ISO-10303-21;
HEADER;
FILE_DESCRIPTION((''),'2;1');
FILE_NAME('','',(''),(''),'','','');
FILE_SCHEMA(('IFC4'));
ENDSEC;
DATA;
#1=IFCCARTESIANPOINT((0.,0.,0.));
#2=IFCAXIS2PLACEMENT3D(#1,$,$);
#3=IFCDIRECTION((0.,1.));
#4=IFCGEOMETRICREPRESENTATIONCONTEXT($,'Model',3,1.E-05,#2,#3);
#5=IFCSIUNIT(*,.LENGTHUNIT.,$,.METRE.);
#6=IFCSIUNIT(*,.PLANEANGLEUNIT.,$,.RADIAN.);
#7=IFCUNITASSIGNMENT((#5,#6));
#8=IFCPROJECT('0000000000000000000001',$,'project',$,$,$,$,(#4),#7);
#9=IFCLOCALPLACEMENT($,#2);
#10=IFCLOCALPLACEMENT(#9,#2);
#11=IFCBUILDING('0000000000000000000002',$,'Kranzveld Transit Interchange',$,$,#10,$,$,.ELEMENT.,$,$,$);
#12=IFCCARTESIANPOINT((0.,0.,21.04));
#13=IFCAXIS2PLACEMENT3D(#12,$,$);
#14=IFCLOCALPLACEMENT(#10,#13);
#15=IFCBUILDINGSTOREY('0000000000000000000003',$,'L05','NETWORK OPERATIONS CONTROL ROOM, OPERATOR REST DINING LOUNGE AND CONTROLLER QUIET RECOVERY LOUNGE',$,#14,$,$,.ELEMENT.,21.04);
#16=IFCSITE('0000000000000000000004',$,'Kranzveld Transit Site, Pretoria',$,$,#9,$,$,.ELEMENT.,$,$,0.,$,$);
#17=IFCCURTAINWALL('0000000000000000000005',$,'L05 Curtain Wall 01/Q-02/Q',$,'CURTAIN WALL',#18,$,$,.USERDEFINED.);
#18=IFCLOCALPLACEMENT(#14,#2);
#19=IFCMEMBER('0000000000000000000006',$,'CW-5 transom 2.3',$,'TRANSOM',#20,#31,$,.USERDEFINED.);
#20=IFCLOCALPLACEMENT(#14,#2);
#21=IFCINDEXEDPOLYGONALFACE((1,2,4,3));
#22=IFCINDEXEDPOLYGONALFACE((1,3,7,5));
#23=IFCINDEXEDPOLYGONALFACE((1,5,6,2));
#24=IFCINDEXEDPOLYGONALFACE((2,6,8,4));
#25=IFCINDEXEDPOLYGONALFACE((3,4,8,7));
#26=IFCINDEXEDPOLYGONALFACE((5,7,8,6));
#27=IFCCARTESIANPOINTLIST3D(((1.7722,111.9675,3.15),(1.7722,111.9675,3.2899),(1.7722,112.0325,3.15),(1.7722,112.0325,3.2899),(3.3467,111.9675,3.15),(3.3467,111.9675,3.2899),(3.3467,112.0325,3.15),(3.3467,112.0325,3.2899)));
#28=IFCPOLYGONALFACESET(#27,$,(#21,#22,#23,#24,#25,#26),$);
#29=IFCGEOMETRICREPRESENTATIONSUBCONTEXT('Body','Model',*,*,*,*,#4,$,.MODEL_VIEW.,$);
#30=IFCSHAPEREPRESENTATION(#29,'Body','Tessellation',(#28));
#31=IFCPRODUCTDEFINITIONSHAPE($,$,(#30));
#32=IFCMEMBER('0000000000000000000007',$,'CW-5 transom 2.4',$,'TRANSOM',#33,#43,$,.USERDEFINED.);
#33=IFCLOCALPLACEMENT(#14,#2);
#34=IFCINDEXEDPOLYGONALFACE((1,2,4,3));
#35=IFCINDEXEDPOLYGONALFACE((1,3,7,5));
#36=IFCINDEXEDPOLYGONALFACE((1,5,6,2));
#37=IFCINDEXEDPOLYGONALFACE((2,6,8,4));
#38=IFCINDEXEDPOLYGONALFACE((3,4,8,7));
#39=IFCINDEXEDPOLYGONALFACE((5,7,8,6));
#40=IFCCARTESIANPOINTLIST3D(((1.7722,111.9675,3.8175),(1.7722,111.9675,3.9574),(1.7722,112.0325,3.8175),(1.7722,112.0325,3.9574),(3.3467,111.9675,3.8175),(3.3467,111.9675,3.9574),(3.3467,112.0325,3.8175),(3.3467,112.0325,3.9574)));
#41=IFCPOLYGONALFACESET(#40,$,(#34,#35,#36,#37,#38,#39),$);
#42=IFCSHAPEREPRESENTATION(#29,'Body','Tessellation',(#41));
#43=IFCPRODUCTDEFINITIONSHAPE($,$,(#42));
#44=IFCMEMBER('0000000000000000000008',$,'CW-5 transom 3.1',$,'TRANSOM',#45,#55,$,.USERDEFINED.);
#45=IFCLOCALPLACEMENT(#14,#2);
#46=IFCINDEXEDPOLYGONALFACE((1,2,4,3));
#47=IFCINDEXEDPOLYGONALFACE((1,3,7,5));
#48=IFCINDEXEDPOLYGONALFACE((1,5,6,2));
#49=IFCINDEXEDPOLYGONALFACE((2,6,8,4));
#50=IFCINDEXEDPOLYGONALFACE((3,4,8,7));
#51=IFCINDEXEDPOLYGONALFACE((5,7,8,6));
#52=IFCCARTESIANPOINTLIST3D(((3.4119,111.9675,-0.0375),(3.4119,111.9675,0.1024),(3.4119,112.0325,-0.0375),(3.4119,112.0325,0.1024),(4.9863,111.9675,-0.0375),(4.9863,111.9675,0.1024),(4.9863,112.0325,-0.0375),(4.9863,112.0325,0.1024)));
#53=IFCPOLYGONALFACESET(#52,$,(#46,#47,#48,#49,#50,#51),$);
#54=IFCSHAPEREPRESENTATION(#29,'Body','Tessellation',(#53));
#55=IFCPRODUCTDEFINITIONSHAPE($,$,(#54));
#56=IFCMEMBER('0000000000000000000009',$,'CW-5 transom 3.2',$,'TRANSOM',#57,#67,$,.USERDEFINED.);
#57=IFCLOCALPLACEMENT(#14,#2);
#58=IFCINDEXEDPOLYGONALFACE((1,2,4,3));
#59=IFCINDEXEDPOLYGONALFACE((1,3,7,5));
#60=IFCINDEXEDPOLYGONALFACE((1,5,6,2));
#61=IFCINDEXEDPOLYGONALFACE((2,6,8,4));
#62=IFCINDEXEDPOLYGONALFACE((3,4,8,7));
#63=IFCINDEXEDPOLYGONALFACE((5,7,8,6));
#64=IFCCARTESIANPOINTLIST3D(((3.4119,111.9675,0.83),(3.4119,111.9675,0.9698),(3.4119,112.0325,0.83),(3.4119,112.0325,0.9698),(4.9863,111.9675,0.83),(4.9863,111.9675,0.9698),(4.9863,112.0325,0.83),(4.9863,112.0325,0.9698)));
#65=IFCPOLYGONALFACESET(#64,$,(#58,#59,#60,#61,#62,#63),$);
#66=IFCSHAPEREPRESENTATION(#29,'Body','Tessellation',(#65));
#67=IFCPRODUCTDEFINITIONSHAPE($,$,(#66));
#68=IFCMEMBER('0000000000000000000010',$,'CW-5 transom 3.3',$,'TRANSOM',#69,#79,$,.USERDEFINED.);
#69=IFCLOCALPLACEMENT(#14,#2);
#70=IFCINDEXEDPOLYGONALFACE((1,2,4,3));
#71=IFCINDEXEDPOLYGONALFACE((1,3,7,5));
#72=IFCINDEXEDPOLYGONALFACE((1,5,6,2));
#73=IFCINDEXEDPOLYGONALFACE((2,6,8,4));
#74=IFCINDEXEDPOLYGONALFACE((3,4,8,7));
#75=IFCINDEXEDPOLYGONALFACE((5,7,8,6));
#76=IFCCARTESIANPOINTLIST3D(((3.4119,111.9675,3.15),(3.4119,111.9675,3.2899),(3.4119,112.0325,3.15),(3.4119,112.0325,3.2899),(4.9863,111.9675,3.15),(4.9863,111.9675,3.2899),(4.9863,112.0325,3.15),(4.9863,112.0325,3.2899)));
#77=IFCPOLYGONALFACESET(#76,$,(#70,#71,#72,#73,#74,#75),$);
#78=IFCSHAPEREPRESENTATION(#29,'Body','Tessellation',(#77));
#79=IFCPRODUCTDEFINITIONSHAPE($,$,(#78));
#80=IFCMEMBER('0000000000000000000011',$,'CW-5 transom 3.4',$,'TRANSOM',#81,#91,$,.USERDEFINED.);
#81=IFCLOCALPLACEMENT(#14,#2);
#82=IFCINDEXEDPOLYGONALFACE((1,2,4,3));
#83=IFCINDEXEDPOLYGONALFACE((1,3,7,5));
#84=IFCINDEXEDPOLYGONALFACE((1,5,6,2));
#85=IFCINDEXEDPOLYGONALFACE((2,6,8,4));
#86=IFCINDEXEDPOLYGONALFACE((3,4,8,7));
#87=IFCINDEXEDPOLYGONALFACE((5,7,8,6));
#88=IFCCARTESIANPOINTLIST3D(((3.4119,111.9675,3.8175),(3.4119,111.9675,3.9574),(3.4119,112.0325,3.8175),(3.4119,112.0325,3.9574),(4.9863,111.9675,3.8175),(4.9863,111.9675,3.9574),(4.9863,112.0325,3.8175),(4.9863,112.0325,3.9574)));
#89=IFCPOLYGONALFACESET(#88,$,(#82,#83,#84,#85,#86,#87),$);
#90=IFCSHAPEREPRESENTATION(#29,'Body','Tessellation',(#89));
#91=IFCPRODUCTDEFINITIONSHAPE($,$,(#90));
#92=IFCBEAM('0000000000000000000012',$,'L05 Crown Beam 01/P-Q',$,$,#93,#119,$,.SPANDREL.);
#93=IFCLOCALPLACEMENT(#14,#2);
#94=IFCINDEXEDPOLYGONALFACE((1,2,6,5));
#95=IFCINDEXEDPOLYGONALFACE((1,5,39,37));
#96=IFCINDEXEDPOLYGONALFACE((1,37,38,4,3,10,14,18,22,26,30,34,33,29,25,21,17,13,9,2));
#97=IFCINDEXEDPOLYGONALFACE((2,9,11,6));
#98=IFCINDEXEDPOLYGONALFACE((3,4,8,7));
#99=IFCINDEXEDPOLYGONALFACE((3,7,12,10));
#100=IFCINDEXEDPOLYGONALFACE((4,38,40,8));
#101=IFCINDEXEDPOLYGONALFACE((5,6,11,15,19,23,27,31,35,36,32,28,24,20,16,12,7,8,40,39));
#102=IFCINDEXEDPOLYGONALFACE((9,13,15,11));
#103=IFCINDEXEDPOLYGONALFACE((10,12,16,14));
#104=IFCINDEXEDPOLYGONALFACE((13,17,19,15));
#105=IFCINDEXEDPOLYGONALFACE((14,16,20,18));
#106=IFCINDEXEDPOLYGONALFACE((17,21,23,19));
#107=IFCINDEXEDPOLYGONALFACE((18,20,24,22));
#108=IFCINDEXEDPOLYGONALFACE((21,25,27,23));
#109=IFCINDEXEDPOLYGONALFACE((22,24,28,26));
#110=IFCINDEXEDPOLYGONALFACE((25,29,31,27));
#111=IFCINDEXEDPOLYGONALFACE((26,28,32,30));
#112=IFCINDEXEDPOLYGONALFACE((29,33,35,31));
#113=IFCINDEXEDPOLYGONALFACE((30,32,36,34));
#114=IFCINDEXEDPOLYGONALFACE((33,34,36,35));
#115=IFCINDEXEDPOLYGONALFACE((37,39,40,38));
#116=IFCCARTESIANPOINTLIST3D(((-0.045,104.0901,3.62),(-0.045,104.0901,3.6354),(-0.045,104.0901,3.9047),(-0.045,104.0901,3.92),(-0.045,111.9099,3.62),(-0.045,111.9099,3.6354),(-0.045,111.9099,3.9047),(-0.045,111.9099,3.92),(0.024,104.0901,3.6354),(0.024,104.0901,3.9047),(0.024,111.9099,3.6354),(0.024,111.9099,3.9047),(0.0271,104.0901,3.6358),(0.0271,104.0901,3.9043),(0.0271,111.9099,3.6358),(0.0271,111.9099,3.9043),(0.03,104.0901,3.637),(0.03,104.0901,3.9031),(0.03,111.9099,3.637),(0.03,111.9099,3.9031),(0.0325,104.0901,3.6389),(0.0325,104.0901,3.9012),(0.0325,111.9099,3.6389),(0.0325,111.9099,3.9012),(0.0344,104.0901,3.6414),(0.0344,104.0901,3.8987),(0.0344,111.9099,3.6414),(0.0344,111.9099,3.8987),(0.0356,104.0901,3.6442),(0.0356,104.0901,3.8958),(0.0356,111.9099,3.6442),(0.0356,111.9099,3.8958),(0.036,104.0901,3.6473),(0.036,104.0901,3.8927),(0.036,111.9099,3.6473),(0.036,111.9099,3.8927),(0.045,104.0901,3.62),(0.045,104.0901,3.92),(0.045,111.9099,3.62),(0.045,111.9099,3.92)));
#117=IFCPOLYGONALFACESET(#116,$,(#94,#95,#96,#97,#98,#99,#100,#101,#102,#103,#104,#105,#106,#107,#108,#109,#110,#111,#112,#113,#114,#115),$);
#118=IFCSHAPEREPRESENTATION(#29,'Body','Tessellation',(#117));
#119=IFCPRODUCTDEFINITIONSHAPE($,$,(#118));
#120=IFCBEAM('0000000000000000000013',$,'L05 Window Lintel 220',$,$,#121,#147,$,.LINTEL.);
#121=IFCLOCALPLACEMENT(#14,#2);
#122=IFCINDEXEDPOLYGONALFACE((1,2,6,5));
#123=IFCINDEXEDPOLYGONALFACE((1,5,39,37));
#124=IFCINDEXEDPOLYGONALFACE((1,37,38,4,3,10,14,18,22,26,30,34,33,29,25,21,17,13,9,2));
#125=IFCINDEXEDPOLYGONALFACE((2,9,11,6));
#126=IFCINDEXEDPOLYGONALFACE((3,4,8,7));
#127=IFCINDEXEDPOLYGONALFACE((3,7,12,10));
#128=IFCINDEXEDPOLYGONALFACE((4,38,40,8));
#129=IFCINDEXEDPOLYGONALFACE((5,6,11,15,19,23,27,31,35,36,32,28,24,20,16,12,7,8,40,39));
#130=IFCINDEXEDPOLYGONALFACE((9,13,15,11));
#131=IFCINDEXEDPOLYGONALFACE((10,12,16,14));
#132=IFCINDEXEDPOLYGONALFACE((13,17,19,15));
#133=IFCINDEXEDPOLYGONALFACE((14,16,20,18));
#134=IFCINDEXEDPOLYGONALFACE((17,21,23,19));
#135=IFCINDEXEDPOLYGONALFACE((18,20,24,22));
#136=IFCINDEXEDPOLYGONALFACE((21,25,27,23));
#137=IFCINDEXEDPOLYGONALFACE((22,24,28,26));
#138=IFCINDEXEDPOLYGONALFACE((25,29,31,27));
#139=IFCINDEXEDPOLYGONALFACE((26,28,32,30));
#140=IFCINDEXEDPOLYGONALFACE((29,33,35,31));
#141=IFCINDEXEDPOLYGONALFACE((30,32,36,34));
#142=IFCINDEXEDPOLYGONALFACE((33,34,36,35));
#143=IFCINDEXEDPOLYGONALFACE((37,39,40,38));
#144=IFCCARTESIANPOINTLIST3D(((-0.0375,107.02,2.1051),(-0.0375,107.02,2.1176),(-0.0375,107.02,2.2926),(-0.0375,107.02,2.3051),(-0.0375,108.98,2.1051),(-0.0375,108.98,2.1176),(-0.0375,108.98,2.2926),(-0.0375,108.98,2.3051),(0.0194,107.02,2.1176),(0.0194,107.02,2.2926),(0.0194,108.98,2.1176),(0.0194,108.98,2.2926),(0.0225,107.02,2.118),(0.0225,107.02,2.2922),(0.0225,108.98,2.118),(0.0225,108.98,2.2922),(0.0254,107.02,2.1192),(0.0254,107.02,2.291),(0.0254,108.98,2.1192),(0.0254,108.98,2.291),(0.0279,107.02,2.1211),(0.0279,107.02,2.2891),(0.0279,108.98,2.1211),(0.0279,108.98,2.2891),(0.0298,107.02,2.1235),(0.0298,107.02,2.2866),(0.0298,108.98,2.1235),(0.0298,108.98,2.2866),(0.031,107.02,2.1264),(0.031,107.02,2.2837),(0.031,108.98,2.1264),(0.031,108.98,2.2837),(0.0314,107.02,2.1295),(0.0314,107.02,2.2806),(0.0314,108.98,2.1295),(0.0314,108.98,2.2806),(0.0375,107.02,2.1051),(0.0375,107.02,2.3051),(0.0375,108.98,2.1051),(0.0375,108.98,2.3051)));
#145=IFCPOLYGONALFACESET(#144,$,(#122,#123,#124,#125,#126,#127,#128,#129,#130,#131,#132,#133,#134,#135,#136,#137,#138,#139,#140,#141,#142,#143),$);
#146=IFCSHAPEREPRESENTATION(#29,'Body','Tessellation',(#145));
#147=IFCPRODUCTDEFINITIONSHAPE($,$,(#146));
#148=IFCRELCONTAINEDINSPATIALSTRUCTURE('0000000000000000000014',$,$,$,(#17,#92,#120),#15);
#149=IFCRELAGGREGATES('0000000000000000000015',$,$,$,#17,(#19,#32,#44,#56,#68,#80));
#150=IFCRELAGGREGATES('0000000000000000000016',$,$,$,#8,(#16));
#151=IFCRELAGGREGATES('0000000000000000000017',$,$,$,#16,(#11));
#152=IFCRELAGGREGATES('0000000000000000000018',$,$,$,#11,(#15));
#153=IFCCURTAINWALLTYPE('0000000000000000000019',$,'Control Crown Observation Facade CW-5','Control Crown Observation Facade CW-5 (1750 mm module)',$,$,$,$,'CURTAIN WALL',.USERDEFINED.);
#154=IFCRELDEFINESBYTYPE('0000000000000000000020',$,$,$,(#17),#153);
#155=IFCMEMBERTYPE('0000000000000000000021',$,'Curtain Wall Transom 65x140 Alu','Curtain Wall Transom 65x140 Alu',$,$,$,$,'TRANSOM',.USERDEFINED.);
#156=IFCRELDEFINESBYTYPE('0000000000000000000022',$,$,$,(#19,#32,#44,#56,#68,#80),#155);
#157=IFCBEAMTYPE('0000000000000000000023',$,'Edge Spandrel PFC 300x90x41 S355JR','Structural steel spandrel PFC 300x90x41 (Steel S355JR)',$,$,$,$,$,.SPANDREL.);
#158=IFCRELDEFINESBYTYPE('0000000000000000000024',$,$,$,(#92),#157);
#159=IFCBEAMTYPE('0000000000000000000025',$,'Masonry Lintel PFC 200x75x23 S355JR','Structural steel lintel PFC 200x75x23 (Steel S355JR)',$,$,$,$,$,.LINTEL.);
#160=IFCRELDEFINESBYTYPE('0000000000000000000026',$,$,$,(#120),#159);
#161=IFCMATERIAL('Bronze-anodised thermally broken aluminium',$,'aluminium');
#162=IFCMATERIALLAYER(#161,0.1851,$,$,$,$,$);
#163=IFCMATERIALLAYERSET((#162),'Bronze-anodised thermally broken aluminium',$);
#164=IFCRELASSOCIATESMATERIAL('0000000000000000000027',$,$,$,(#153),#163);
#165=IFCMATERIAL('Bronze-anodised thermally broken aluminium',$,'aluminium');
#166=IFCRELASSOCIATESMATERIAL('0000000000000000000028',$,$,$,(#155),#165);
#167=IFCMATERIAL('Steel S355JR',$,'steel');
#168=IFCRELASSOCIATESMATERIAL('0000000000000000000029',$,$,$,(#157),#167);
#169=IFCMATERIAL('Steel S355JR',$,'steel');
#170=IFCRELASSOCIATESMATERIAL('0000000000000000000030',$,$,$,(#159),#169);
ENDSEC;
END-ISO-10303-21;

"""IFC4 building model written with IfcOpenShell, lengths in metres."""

from ifc_helpers import new_model, si_unit, direction, frame, origin, origin_2d, place, context, subcontext, project, spatial, rectangle, u_section, extrude, material, layer, layer_set, material_profile, profile_set, type_object, element, aggregate, save


model = new_model("IFC4")

# Units and contexts
model_context = context("Model", 3, precision=1e-05, world=origin(), true_north=direction((0.0, 1.0)))
body_context = subcontext(model_context, "Body", "Model", "MODEL_VIEW")
ifc_project = project(units=[si_unit("LENGTHUNIT", "METRE"), si_unit("PLANEANGLEUNIT", "RADIAN")], contexts=[model_context])

# Site, building, storey
site_placement = place(None, origin())
site = spatial("IfcSite", under=ifc_project, at=site_placement, Name="Kranzveld Transit Site, Pretoria", CompositionType="ELEMENT", RefElevation=0.0)
building_placement = place(site_placement, origin())
building = spatial("IfcBuilding", under=site, at=building_placement, Name="Kranzveld Transit Interchange", CompositionType="ELEMENT")
storey_placement = place(building_placement, frame((0.0, 0.0, 21.04)))
storey = spatial("IfcBuildingStorey", under=building, at=storey_placement, Name="L05", Description="NETWORK OPERATIONS CONTROL ROOM, OPERATOR REST DINING LOUNGE AND CONTROLLER QUIET RECOVERY LOUNGE", CompositionType="ELEMENT", Elevation=21.04)

# Curtain wall, members
ifc_material_1 = material(Name="Bronze-anodised thermally broken aluminium", Category="aluminium")
ifc_layer_1 = layer(ifc_material_1, 0.1851)
ifc_layer_set_1 = layer_set([ifc_layer_1], Name="Bronze-anodised thermally broken aluminium")
curtain_wall_type = type_object("IfcCurtainWallType", Name="Control Crown Observation Facade CW-5", Description="Control Crown Observation Facade CW-5 (1750 mm module)", ElementType="CURTAIN WALL", PredefinedType="USERDEFINED", material=ifc_layer_set_1)
curtain_wall_placement = place(storey_placement, origin())
curtain_wall = element("IfcCurtainWall", 1, at=curtain_wall_placement, inside=storey, type_object=curtain_wall_type, Name="L05 Curtain Wall 01/Q-02/Q", ObjectType="CURTAIN WALL", PredefinedType="USERDEFINED")
ifc_material_2 = material(Name="Bronze-anodised thermally broken aluminium", Category="aluminium")
ifc_material_profile_1 = material_profile(ifc_material_2, rectangle(XDim=0.0649, YDim=0.1399, at=origin_2d()), Name="ALU TRANSOM 65x140")
ifc_profile_set_1 = profile_set([ifc_material_profile_1], Name="Bronze-anodised thermally broken aluminium")
member_type_1 = type_object("IfcMemberType", Name="Curtain Wall Transom 65x140 Alu", Description="Curtain Wall Transom 65x140 Alu", ElementType="TRANSOM", PredefinedType="USERDEFINED", material=ifc_profile_set_1)
member_1_placement = place(storey_placement, frame((1.7722, 112.0, 3.22), z_axis=(1.0, 0.0, 0.0), x_axis=(0.0, 1.0, 0.0)))
member_1 = element("IfcMember", 2, at=member_1_placement, type_object=member_type_1, Name="CW-5 transom 2.3", ObjectType="TRANSOM", PredefinedType="USERDEFINED", context=body_context, shape_type="SweptSolid", body=[
    extrude(rectangle(XDim=0.0649, YDim=0.1399, at=origin_2d()), origin(), (0.0, 0.0, 1.0), 1.5745),
])
member_2_placement = place(storey_placement, frame((1.7722, 112.0, 3.8875), z_axis=(1.0, 0.0, 0.0), x_axis=(0.0, 1.0, 0.0)))
member_2 = element("IfcMember", 3, at=member_2_placement, type_object=member_type_1, Name="CW-5 transom 2.4", ObjectType="TRANSOM", PredefinedType="USERDEFINED", context=body_context, shape_type="SweptSolid", body=[
    extrude(rectangle(XDim=0.0649, YDim=0.1399, at=origin_2d()), origin(), (0.0, 0.0, 1.0), 1.5745),
])
member_3_placement = place(storey_placement, frame((3.4119, 112.0, 0.0325), z_axis=(1.0, 0.0, 0.0), x_axis=(0.0, 1.0, 0.0)))
member_3 = element("IfcMember", 4, at=member_3_placement, type_object=member_type_1, Name="CW-5 transom 3.1", ObjectType="TRANSOM", PredefinedType="USERDEFINED", context=body_context, shape_type="SweptSolid", body=[
    extrude(rectangle(XDim=0.0649, YDim=0.1399, at=origin_2d()), origin(), (0.0, 0.0, 1.0), 1.5745),
])
member_4_placement = place(storey_placement, frame((3.4119, 112.0, 0.8999), z_axis=(1.0, 0.0, 0.0), x_axis=(0.0, 1.0, 0.0)))
member_4 = element("IfcMember", 5, at=member_4_placement, type_object=member_type_1, Name="CW-5 transom 3.2", ObjectType="TRANSOM", PredefinedType="USERDEFINED", context=body_context, shape_type="SweptSolid", body=[
    extrude(rectangle(XDim=0.0649, YDim=0.1399, at=origin_2d()), origin(), (0.0, 0.0, 1.0), 1.5745),
])
member_5_placement = place(storey_placement, frame((3.4119, 112.0, 3.22), z_axis=(1.0, 0.0, 0.0), x_axis=(0.0, 1.0, 0.0)))
member_5 = element("IfcMember", 6, at=member_5_placement, type_object=member_type_1, Name="CW-5 transom 3.3", ObjectType="TRANSOM", PredefinedType="USERDEFINED", context=body_context, shape_type="SweptSolid", body=[
    extrude(rectangle(XDim=0.0649, YDim=0.1399, at=origin_2d()), origin(), (0.0, 0.0, 1.0), 1.5745),
])
member_6_placement = place(storey_placement, frame((3.4119, 112.0, 3.8875), z_axis=(1.0, 0.0, 0.0), x_axis=(0.0, 1.0, 0.0)))
member_6 = element("IfcMember", 7, at=member_6_placement, type_object=member_type_1, Name="CW-5 transom 3.4", ObjectType="TRANSOM", PredefinedType="USERDEFINED", context=body_context, shape_type="SweptSolid", body=[
    extrude(rectangle(XDim=0.0649, YDim=0.1399, at=origin_2d()), origin(), (0.0, 0.0, 1.0), 1.5745),
])

# Beams
ifc_material_3 = material(Name="Steel S355JR", Category="steel")
ifc_material_profile_2 = material_profile(ifc_material_3, u_section(Depth=0.3, FlangeWidth=0.0901, WebThickness=0.009, FlangeThickness=0.0154, FilletRadius=0.012, at=origin_2d()), Name="PFC 300x90x41")
ifc_profile_set_2 = profile_set([ifc_material_profile_2], Name="Steel S355JR")
beam_type_1 = type_object("IfcBeamType", Name="Edge Spandrel PFC 300x90x41 S355JR", Description="Structural steel spandrel PFC 300x90x41 (Steel S355JR)", PredefinedType="SPANDREL", material=ifc_profile_set_2)
beam_1_placement = place(storey_placement, frame((0.0, 104.0901, 3.77), z_axis=(0.0, 1.0, 0.0), x_axis=(-1.0, 0.0, 0.0)))
element("IfcBeam", 8, at=beam_1_placement, inside=storey, type_object=beam_type_1, Name="L05 Crown Beam 01/P-Q", PredefinedType="SPANDREL", context=body_context, shape_type="SweptSolid", body=[
    extrude(u_section(Depth=0.3, FlangeWidth=0.0901, WebThickness=0.009, FlangeThickness=0.0154, FilletRadius=0.012, at=origin_2d()), origin(), (0.0, 0.0, 1.0), 7.8198),
])
ifc_material_4 = material(Name="Steel S355JR", Category="steel")
ifc_material_profile_3 = material_profile(ifc_material_4, u_section(Depth=0.2, FlangeWidth=0.075, WebThickness=0.0061, FlangeThickness=0.0125, FilletRadius=0.012, at=origin_2d()), Name="PFC 200x75x23")
ifc_profile_set_3 = profile_set([ifc_material_profile_3], Name="Steel S355JR")
beam_type_2 = type_object("IfcBeamType", Name="Masonry Lintel PFC 200x75x23 S355JR", Description="Structural steel lintel PFC 200x75x23 (Steel S355JR)", PredefinedType="LINTEL", material=ifc_profile_set_3)
beam_2_placement = place(storey_placement, frame((0.0, 107.02, 2.2051), z_axis=(0.0, 1.0, 0.0), x_axis=(-1.0, 0.0, 0.0)))
element("IfcBeam", 9, at=beam_2_placement, inside=storey, type_object=beam_type_2, Name="L05 Window Lintel 220", PredefinedType="LINTEL", context=body_context, shape_type="SweptSolid", body=[
    extrude(u_section(Depth=0.2, FlangeWidth=0.075, WebThickness=0.0061, FlangeThickness=0.0125, FilletRadius=0.012, at=origin_2d()), origin(), (0.0, 0.0, 1.0), 1.96),
])

aggregate(curtain_wall, [member_1, member_2, member_3, member_4, member_5, member_6])

save(model, "model.ifc")
